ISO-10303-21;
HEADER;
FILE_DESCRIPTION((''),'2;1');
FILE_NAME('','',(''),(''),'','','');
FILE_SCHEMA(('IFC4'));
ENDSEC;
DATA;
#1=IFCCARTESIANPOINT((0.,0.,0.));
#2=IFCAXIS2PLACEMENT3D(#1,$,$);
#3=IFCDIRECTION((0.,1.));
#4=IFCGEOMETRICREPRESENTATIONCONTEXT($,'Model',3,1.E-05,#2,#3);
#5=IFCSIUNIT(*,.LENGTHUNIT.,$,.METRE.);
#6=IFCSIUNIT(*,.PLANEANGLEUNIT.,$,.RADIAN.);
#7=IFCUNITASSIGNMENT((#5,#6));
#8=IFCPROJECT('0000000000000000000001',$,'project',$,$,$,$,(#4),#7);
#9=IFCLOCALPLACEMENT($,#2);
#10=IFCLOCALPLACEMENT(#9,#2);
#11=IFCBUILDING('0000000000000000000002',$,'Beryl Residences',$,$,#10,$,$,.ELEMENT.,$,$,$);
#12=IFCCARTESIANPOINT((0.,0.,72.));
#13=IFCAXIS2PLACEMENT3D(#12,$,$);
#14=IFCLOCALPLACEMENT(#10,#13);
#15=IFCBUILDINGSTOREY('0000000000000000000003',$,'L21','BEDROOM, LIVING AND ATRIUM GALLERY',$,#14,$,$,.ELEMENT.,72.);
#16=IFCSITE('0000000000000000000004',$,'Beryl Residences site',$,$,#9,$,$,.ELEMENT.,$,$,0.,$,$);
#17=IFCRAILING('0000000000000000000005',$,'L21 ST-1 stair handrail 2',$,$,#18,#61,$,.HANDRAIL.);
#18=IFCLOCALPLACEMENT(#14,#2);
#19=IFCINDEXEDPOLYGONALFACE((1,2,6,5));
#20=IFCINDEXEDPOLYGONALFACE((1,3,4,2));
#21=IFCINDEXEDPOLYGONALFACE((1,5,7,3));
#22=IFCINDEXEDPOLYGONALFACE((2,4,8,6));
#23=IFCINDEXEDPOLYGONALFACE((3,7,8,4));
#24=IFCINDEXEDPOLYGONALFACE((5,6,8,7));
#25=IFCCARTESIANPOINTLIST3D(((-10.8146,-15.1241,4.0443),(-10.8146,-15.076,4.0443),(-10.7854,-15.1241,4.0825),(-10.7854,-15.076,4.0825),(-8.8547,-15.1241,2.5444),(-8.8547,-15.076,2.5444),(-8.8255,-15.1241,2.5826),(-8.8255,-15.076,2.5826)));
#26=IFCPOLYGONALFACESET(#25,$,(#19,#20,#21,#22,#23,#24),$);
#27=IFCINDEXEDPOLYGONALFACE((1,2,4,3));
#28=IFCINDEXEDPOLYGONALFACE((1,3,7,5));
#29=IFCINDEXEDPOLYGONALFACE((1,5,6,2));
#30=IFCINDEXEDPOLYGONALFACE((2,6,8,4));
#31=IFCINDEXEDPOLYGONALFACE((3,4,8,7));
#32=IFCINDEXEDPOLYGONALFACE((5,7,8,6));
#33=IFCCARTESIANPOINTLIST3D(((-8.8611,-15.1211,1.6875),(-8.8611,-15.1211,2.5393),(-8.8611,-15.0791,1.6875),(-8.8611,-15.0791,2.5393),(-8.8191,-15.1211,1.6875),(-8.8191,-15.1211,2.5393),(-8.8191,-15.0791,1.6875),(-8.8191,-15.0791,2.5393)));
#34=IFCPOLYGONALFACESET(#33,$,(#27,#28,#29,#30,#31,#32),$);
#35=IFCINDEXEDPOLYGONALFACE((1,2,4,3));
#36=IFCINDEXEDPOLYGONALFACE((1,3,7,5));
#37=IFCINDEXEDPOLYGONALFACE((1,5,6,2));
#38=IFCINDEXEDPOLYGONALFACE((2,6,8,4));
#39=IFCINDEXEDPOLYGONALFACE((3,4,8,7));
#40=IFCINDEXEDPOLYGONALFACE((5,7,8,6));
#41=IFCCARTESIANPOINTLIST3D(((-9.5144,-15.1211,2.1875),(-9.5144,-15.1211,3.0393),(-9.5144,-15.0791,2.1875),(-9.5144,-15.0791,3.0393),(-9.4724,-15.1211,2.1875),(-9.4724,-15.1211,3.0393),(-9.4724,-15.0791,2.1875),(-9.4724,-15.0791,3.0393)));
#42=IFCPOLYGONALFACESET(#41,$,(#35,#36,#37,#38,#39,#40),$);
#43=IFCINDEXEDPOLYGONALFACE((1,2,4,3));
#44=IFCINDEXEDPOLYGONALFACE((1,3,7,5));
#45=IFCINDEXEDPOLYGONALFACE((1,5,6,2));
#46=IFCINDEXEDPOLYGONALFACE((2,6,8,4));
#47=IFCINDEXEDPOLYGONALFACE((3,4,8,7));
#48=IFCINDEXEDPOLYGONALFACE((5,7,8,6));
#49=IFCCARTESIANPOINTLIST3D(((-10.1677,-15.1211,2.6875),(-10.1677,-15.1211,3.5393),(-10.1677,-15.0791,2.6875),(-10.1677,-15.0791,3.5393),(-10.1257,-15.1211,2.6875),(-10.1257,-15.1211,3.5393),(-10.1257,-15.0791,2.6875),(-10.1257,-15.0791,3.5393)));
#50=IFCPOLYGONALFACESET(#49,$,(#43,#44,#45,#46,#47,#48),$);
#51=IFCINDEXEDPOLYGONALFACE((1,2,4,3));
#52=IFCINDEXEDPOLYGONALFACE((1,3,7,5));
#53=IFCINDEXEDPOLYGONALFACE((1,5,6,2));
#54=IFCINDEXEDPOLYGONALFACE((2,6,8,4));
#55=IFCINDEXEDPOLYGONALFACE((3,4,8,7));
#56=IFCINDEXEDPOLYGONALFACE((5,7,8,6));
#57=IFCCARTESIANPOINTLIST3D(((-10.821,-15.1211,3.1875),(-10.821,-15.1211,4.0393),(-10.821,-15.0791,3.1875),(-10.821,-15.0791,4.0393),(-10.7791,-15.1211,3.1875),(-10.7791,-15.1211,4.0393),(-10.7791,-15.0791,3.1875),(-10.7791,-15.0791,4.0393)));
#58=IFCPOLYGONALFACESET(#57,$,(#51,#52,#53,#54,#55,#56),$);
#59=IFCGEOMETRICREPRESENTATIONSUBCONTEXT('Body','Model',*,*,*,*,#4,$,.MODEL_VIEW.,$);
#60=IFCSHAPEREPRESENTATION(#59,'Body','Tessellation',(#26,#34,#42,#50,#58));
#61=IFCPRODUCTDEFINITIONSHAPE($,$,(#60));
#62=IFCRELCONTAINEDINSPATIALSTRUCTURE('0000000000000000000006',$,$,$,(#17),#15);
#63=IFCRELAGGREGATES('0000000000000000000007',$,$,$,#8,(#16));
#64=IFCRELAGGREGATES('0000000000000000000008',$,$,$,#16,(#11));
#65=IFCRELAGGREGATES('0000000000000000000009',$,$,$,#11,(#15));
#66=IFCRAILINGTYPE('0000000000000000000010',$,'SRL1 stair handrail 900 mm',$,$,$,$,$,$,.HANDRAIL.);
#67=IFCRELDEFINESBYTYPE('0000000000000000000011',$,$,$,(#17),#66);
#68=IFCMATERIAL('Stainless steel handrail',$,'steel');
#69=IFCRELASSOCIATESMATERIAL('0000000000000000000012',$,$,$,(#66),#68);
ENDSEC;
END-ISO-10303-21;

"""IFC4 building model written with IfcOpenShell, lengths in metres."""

from ifc_helpers import new_model, si_unit, direction, frame, origin, origin_2d, place, context, subcontext, project, spatial, rectangle, extrude, material, type_object, element, save


model = new_model("IFC4")

# Units and contexts
model_context = context("Model", 3, precision=1e-05, world=origin(), true_north=direction((0.0, 1.0)))
body_context = subcontext(model_context, "Body", "Model", "MODEL_VIEW")
ifc_project = project(units=[si_unit("LENGTHUNIT", "METRE"), si_unit("PLANEANGLEUNIT", "RADIAN")], contexts=[model_context])

# Site, building, storey
site_placement = place(None, origin())
site = spatial("IfcSite", under=ifc_project, at=site_placement, Name="Beryl Residences site", CompositionType="ELEMENT", RefElevation=0.0)
building_placement = place(site_placement, origin())
building = spatial("IfcBuilding", under=site, at=building_placement, Name="Beryl Residences", CompositionType="ELEMENT")
storey_placement = place(building_placement, frame((0.0, 0.0, 72.0)))
storey = spatial("IfcBuildingStorey", under=building, at=storey_placement, Name="L21", Description="BEDROOM, LIVING AND ATRIUM GALLERY", CompositionType="ELEMENT", Elevation=72.0)

# Railing
ifc_material_1 = material(Name="Stainless steel handrail", Category="steel")
railing_type_1 = type_object("IfcRailingType", Name="SRL1 stair handrail 900 mm", PredefinedType="HANDRAIL", material=ifc_material_1)
railing_1_placement = place(storey_placement, frame((-8.8401, -15.1001, 1.6875)))
element("IfcRailing", 1, at=railing_1_placement, inside=storey, type_object=railing_type_1, Name="L21 ST-1 stair handrail 2", PredefinedType="HANDRAIL", context=body_context, shape_type="SweptSolid", body=[
    extrude(rectangle(XDim=0.0481, YDim=0.0481, at=origin_2d()), frame((0.0, 0.0, 0.876), z_axis=(-0.794122, 0.0, 0.607758), x_axis=(0.0, -1.0, 0.0)), (0.0, 0.0, 1.0), 2.468),
    extrude(rectangle(XDim=0.042, YDim=0.042, at=origin_2d()), origin(), (0.0, 0.0, 1.0), 0.8518),
    extrude(rectangle(XDim=0.042, YDim=0.042, at=origin_2d()), frame((-0.6533, 0.0, 0.5)), (0.0, 0.0, 1.0), 0.8518),
    extrude(rectangle(XDim=0.042, YDim=0.042, at=origin_2d()), frame((-1.3066, 0.0, 1.0)), (0.0, 0.0, 1.0), 0.8518),
    extrude(rectangle(XDim=0.042, YDim=0.042, at=origin_2d()), frame((-1.96, 0.0, 1.5)), (0.0, 0.0, 1.0), 0.8518),
])

save(model, "model.ifc")
